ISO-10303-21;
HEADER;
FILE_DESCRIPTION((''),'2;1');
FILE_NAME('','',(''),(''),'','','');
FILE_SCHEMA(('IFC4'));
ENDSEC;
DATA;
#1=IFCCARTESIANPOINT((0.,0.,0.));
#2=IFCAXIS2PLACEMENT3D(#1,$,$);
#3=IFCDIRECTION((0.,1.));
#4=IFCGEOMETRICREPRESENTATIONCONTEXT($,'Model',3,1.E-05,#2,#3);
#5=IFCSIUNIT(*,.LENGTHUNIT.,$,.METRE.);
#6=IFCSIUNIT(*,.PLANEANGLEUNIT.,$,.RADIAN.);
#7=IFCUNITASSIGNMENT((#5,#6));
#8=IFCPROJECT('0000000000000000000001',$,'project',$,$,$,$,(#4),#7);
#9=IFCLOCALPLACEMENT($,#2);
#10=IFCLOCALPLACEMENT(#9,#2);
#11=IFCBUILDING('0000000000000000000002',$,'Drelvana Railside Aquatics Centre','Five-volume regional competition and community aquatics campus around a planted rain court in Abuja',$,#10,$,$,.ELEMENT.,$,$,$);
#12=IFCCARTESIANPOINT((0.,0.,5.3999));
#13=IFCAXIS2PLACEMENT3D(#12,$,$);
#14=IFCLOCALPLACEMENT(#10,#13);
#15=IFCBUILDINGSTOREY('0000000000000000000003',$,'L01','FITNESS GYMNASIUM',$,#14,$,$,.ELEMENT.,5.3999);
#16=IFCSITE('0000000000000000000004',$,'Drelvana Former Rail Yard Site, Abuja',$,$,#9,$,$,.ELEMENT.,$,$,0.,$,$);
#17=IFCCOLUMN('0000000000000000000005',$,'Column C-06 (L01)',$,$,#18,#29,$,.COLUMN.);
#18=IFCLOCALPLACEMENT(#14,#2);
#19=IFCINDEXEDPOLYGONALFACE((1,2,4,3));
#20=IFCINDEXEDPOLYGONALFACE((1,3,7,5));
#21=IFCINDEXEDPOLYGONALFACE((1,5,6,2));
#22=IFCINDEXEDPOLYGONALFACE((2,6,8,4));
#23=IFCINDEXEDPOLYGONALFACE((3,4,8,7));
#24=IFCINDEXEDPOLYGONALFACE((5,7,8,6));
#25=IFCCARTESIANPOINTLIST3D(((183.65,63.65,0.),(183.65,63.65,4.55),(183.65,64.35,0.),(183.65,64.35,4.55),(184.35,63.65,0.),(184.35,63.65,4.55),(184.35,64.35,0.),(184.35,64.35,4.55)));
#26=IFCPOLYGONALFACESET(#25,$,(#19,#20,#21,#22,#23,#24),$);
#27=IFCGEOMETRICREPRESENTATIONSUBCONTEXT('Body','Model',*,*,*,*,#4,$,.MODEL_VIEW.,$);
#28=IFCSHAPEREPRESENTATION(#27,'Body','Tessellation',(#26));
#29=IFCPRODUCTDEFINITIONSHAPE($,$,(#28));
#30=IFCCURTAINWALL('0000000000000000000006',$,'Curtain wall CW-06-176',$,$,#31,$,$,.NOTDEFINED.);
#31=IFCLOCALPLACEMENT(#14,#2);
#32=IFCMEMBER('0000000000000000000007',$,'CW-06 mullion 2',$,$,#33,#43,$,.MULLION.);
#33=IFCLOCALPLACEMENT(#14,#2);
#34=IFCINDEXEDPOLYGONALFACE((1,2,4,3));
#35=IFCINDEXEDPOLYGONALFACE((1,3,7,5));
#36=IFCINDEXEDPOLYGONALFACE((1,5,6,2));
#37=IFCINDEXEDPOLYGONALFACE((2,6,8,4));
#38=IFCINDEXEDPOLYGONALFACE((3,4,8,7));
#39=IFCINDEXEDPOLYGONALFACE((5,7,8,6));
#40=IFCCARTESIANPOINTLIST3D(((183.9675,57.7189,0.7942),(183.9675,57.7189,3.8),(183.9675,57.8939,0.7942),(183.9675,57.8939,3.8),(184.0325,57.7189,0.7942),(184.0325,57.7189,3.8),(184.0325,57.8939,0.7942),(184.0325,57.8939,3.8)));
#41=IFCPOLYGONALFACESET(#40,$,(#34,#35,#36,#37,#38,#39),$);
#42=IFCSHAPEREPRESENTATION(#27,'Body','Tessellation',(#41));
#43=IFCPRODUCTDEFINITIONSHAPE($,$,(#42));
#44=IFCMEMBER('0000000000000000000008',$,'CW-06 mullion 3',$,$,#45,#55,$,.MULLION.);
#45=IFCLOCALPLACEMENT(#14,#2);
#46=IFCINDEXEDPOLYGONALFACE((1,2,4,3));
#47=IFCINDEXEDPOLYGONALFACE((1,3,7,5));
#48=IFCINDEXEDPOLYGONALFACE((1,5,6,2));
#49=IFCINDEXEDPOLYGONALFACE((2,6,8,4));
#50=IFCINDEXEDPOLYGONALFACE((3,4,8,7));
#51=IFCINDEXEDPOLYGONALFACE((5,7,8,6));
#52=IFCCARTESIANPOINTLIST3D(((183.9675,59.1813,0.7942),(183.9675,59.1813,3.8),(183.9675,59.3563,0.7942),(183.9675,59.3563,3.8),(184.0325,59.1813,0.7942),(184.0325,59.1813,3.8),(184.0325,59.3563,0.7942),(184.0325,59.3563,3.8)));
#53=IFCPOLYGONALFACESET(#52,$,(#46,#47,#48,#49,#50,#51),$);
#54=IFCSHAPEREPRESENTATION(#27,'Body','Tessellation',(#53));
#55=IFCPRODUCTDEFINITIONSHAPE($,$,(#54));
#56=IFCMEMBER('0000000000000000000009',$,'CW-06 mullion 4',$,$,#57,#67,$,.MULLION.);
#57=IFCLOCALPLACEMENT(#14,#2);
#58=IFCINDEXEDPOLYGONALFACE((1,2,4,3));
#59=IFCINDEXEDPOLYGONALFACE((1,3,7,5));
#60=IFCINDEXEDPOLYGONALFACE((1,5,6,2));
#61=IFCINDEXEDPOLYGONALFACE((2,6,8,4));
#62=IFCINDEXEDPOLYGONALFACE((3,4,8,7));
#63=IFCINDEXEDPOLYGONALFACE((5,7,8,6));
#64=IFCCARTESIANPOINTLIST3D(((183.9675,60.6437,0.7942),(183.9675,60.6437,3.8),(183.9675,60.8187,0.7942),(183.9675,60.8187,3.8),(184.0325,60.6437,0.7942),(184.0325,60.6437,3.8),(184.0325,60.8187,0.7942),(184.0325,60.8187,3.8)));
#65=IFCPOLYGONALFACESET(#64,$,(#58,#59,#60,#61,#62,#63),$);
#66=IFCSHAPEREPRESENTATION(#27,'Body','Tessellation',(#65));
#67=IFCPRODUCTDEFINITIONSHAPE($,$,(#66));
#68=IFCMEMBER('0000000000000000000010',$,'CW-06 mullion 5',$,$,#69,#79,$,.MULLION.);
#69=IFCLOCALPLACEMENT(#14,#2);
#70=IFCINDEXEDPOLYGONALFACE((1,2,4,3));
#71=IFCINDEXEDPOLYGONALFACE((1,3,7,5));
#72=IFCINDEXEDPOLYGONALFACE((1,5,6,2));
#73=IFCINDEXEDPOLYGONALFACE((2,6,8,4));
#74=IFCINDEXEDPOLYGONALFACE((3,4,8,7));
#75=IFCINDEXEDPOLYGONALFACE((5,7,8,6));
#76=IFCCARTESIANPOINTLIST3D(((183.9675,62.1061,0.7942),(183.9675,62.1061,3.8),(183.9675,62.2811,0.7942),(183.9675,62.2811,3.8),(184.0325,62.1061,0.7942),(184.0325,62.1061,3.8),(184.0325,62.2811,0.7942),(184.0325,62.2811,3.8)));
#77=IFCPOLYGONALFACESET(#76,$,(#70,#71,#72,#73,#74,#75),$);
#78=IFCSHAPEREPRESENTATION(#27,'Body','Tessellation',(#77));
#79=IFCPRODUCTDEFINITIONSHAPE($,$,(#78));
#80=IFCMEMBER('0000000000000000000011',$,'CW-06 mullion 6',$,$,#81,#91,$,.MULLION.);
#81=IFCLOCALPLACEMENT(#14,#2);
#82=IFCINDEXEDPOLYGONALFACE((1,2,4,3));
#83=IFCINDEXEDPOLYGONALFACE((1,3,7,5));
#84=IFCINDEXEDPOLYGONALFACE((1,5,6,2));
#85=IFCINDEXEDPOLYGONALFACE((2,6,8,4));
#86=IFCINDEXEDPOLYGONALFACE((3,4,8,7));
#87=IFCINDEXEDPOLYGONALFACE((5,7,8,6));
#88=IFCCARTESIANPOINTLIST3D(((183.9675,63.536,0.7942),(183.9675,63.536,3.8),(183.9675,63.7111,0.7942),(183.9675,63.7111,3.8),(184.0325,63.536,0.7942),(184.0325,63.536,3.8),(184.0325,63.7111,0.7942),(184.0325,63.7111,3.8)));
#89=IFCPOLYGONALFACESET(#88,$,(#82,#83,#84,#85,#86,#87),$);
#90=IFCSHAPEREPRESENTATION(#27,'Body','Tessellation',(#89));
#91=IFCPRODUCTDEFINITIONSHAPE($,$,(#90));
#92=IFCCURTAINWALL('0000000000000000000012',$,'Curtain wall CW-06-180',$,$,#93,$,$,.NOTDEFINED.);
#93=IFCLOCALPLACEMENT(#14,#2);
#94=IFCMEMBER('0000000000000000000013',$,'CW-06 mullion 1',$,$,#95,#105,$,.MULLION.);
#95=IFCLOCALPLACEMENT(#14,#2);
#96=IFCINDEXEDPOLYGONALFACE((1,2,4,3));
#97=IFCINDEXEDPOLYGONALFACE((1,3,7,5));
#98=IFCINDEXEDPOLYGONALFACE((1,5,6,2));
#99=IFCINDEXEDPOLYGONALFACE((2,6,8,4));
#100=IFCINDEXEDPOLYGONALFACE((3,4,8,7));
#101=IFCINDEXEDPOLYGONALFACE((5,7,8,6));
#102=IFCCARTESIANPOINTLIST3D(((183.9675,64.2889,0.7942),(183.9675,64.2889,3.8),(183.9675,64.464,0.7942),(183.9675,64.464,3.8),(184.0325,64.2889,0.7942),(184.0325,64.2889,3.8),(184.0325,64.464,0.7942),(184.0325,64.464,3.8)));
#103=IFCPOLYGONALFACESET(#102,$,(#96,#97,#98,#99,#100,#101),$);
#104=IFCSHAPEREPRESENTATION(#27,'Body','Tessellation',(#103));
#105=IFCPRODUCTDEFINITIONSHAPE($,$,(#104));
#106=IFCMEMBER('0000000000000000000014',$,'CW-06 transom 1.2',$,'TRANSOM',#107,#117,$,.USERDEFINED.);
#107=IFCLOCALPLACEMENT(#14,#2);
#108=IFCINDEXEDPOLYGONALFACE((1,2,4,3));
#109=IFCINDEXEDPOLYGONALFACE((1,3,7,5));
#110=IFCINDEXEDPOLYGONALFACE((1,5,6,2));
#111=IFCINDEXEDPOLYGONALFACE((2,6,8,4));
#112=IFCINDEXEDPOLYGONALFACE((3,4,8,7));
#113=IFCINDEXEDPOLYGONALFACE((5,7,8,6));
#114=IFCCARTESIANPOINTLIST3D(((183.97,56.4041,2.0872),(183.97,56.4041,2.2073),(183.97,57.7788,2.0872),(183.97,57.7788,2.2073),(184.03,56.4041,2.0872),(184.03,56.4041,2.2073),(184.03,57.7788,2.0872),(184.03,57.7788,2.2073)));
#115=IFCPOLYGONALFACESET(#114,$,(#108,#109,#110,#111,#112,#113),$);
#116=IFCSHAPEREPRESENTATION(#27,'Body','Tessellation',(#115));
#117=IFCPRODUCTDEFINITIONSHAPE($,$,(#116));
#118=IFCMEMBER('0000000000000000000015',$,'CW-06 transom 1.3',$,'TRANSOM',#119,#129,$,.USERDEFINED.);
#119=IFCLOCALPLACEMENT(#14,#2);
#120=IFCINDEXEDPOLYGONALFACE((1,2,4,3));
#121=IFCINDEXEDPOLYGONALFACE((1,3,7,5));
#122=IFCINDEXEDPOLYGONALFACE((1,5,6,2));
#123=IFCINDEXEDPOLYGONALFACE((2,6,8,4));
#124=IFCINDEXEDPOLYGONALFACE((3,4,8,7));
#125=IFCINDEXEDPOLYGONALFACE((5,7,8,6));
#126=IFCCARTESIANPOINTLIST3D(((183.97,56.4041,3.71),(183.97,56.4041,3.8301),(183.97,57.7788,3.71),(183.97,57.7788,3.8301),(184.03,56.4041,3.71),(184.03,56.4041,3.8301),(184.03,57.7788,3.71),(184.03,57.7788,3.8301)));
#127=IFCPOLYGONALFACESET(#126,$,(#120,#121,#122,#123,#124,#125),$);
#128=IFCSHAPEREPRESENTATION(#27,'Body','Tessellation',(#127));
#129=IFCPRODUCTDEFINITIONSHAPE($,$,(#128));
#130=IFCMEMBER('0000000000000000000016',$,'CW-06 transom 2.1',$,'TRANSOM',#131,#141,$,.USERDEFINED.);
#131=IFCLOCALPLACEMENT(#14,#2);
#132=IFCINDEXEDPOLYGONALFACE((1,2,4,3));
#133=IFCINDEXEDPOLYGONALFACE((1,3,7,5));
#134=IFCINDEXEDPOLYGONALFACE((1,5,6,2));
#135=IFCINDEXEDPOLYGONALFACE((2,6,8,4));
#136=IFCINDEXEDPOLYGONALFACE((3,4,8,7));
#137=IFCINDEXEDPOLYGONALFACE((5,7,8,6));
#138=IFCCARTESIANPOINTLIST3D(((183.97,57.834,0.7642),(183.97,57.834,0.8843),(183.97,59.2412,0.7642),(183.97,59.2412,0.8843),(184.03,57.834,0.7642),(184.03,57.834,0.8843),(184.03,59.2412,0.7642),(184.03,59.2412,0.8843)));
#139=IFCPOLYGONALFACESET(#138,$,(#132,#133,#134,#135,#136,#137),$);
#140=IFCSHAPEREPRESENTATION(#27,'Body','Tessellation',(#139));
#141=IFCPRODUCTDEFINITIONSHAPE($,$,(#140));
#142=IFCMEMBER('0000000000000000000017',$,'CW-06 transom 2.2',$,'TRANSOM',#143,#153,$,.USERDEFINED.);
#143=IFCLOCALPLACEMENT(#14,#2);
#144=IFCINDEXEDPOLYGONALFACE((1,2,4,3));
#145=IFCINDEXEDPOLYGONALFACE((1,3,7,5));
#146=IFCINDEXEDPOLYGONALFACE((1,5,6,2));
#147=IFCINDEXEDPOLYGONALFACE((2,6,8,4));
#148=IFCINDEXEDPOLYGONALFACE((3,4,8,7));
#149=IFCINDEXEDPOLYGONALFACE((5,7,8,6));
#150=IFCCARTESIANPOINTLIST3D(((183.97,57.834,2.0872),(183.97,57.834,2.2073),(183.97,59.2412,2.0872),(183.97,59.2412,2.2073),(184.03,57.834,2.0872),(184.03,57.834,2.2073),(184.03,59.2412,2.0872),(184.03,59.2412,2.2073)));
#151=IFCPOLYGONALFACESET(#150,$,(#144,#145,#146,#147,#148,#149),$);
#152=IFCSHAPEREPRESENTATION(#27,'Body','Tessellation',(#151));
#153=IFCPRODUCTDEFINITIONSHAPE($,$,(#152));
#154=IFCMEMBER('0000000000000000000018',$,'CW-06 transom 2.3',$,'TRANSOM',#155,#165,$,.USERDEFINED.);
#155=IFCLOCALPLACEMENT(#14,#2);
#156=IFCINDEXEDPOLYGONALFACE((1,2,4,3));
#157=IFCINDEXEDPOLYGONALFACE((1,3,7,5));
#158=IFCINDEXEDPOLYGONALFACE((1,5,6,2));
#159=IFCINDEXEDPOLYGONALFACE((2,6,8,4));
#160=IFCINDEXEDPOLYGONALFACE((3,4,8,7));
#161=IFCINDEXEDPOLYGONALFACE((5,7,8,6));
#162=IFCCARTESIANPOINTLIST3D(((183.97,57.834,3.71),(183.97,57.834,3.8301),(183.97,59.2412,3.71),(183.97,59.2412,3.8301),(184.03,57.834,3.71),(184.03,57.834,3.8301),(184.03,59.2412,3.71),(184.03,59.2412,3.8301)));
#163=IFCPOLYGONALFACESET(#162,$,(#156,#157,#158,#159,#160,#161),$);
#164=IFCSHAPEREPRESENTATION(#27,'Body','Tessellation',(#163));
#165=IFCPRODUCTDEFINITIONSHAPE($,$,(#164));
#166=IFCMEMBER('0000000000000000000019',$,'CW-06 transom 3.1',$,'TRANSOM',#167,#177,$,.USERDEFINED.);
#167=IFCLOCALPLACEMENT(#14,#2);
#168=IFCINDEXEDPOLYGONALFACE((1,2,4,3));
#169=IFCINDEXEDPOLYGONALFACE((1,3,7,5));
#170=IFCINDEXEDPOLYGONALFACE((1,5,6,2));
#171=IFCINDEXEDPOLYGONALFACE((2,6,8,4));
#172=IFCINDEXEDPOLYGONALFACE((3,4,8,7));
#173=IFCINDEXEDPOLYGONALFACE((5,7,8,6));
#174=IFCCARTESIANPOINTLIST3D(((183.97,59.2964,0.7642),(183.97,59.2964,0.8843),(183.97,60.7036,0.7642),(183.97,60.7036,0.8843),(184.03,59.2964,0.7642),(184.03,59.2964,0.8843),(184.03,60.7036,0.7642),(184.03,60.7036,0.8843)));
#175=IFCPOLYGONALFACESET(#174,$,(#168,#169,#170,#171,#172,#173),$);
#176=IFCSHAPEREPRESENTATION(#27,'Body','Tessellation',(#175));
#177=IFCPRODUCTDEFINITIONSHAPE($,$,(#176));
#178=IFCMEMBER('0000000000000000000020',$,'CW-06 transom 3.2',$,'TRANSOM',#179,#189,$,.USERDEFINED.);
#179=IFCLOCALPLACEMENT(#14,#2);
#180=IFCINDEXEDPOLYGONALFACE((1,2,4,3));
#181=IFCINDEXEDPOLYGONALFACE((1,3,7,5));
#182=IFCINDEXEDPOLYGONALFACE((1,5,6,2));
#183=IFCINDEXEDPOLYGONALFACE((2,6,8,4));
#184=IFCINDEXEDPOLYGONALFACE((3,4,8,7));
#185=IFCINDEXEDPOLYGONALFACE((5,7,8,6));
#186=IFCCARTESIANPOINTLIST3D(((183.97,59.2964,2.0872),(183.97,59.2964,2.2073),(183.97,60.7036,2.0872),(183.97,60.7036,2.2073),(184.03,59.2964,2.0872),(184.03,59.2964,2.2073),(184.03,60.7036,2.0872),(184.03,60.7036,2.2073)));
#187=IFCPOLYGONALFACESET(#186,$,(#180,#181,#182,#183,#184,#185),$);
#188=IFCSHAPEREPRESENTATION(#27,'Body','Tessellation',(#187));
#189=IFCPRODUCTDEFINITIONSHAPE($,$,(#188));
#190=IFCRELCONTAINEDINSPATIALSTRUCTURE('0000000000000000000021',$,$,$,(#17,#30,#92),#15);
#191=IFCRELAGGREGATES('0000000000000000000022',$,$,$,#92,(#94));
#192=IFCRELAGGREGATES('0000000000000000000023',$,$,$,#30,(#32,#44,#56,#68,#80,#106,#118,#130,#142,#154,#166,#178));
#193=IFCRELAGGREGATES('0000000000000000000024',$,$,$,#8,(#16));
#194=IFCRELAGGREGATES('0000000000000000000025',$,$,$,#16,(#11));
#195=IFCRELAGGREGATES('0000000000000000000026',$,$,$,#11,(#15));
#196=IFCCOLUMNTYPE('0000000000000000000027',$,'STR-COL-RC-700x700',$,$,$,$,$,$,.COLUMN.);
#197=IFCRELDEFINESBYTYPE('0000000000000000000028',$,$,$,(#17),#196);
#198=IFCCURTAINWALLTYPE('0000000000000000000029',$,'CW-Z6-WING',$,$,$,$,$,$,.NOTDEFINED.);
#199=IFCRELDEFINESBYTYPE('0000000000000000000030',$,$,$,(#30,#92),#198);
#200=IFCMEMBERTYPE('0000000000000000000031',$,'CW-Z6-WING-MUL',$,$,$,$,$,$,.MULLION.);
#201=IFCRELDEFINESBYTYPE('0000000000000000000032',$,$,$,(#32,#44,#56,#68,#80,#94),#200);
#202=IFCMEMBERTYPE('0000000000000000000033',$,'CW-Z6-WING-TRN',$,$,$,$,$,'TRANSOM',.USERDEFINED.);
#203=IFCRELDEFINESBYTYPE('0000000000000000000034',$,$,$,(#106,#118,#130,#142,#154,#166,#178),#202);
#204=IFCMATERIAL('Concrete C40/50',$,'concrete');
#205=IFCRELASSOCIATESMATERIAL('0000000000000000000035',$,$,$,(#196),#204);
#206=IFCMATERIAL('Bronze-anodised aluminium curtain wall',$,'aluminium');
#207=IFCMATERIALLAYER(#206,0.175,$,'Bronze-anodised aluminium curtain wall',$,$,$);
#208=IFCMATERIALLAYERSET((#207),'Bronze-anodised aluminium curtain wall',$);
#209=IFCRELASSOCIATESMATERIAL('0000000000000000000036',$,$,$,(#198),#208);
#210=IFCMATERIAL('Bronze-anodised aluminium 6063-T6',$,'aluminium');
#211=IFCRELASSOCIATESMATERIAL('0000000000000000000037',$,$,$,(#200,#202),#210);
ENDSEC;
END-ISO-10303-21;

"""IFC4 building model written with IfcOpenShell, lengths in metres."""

from ifc_helpers import new_model, si_unit, direction, frame, origin, origin_2d, place, context, subcontext, project, spatial, rectangle, extrude, material, layer, layer_set, material_profile, profile_set, type_object, element, aggregate, save


model = new_model("IFC4")

# Units and contexts
model_context = context("Model", 3, precision=1e-05, world=origin(), true_north=direction((0.0, 1.0)))
body_context = subcontext(model_context, "Body", "Model", "MODEL_VIEW")
ifc_project = project(units=[si_unit("LENGTHUNIT", "METRE"), si_unit("PLANEANGLEUNIT", "RADIAN")], contexts=[model_context])

# Site, building, storey
site_placement = place(None, origin())
site = spatial("IfcSite", under=ifc_project, at=site_placement, Name="Drelvana Former Rail Yard Site, Abuja", CompositionType="ELEMENT", RefElevation=0.0)
building_placement = place(site_placement, origin())
building = spatial("IfcBuilding", under=site, at=building_placement, Name="Drelvana Railside Aquatics Centre", Description="Five-volume regional competition and community aquatics campus around a planted rain court in Abuja", CompositionType="ELEMENT")
storey_placement = place(building_placement, frame((0.0, 0.0, 5.3999)))
storey = spatial("IfcBuildingStorey", under=building, at=storey_placement, Name="L01", Description="FITNESS GYMNASIUM", CompositionType="ELEMENT", Elevation=5.3999)

# Column
ifc_material_1 = material(Name="Concrete C40/50", Category="concrete")
ifc_material_profile_1 = material_profile(ifc_material_1, rectangle(XDim=0.7, YDim=0.7, at=origin_2d()), Name="RC 700x700")
ifc_profile_set_1 = profile_set([ifc_material_profile_1], Name="Concrete C40/50")
column_type = type_object("IfcColumnType", Name="STR-COL-RC-700x700", PredefinedType="COLUMN", material=ifc_profile_set_1)
column_placement = place(storey_placement, frame((184.0, 64.0, 0.0), z_axis=(0.0, 0.0, 1.0), x_axis=(1.0, 0.0, 0.0)))
element("IfcColumn", 1, at=column_placement, inside=storey, type_object=column_type, Name="Column C-06 (L01)", PredefinedType="COLUMN", context=body_context, shape_type="SweptSolid", body=[
    extrude(rectangle(XDim=0.7, YDim=0.7, at=origin_2d()), origin(), (0.0, 0.0, 1.0), 4.55),
])

# Curtain wall, members
ifc_material_2 = material(Name="Bronze-anodised aluminium curtain wall", Category="aluminium")
ifc_layer_1 = layer(ifc_material_2, 0.175, Name="Bronze-anodised aluminium curtain wall")
ifc_layer_set_1 = layer_set([ifc_layer_1], Name="Bronze-anodised aluminium curtain wall")
curtain_wall_type = type_object("IfcCurtainWallType", Name="CW-Z6-WING", PredefinedType="NOTDEFINED", material=ifc_layer_set_1)
curtain_wall_1_placement = place(storey_placement, origin())
curtain_wall_1 = element("IfcCurtainWall", 2, at=curtain_wall_1_placement, inside=storey, type_object=curtain_wall_type, Name="Curtain wall CW-06-176", PredefinedType="NOTDEFINED")
ifc_material_3 = material(Name="Bronze-anodised aluminium 6063-T6", Category="aluminium")
ifc_material_profile_2 = material_profile(ifc_material_3, rectangle(XDim=0.0649, YDim=0.175, at=origin_2d()), Name="ALU-M 65x175")
ifc_profile_set_2 = profile_set([ifc_material_profile_2], Name="Bronze-anodised aluminium 6063-T6")
member_type_1 = type_object("IfcMemberType", Name="CW-Z6-WING-MUL", PredefinedType="MULLION", material=ifc_profile_set_2)
member_1_placement = place(storey_placement, frame((184.0, 57.8064, 0.7942), z_axis=(0.0, 0.0, 1.0), x_axis=(-1.0, 0.0, 0.0)))
member_1 = element("IfcMember", 3, at=member_1_placement, type_object=member_type_1, Name="CW-06 mullion 2", PredefinedType="MULLION", context=body_context, shape_type="SweptSolid", body=[
    extrude(rectangle(XDim=0.0649, YDim=0.175, at=origin_2d()), origin(), (0.0, 0.0, 1.0), 3.0059),
])
member_2_placement = place(storey_placement, frame((184.0, 59.2688, 0.7942), z_axis=(0.0, 0.0, 1.0), x_axis=(-1.0, 0.0, 0.0)))
member_2 = element("IfcMember", 4, at=member_2_placement, type_object=member_type_1, Name="CW-06 mullion 3", PredefinedType="MULLION", context=body_context, shape_type="SweptSolid", body=[
    extrude(rectangle(XDim=0.0649, YDim=0.175, at=origin_2d()), origin(), (0.0, 0.0, 1.0), 3.0059),
])
member_3_placement = place(storey_placement, frame((184.0, 60.7312, 0.7942), z_axis=(0.0, 0.0, 1.0), x_axis=(-1.0, 0.0, 0.0)))
member_3 = element("IfcMember", 5, at=member_3_placement, type_object=member_type_1, Name="CW-06 mullion 4", PredefinedType="MULLION", context=body_context, shape_type="SweptSolid", body=[
    extrude(rectangle(XDim=0.0649, YDim=0.175, at=origin_2d()), origin(), (0.0, 0.0, 1.0), 3.0059),
])
member_4_placement = place(storey_placement, frame((184.0, 62.1936, 0.7942), z_axis=(0.0, 0.0, 1.0), x_axis=(-1.0, 0.0, 0.0)))
member_4 = element("IfcMember", 6, at=member_4_placement, type_object=member_type_1, Name="CW-06 mullion 5", PredefinedType="MULLION", context=body_context, shape_type="SweptSolid", body=[
    extrude(rectangle(XDim=0.0649, YDim=0.175, at=origin_2d()), origin(), (0.0, 0.0, 1.0), 3.0059),
])
member_5_placement = place(storey_placement, frame((184.0, 63.6235, 0.7942), z_axis=(0.0, 0.0, 1.0), x_axis=(-1.0, 0.0, 0.0)))
member_5 = element("IfcMember", 7, at=member_5_placement, type_object=member_type_1, Name="CW-06 mullion 6", PredefinedType="MULLION", context=body_context, shape_type="SweptSolid", body=[
    extrude(rectangle(XDim=0.0649, YDim=0.175, at=origin_2d()), origin(), (0.0, 0.0, 1.0), 3.0059),
])

# Curtain wall, member
curtain_wall_2_placement = place(storey_placement, origin())
curtain_wall_2 = element("IfcCurtainWall", 8, at=curtain_wall_2_placement, inside=storey, type_object=curtain_wall_type, Name="Curtain wall CW-06-180", PredefinedType="NOTDEFINED")
member_6_placement = place(storey_placement, frame((184.0, 64.3765, 0.7942), z_axis=(0.0, 0.0, 1.0), x_axis=(-1.0, 0.0, 0.0)))
member_6 = element("IfcMember", 9, at=member_6_placement, type_object=member_type_1, Name="CW-06 mullion 1", PredefinedType="MULLION", context=body_context, shape_type="SweptSolid", body=[
    extrude(rectangle(XDim=0.0649, YDim=0.175, at=origin_2d()), origin(), (0.0, 0.0, 1.0), 3.0059),
])

# Members
ifc_material_profile_3 = material_profile(ifc_material_3, rectangle(XDim=0.1201, YDim=0.0601, at=origin_2d()), Name="ALU-T 60x120")
ifc_profile_set_3 = profile_set([ifc_material_profile_3], Name="Bronze-anodised aluminium 6063-T6")
member_type_2 = type_object("IfcMemberType", Name="CW-Z6-WING-TRN", ElementType="TRANSOM", PredefinedType="USERDEFINED", material=ifc_profile_set_3)
member_7_placement = place(storey_placement, frame((184.0, 56.4041, 2.1472), z_axis=(0.0, 1.0, 0.0), x_axis=(0.0, 0.0, 1.0)))
member_7 = element("IfcMember", 10, at=member_7_placement, type_object=member_type_2, Name="CW-06 transom 1.2", ObjectType="TRANSOM", PredefinedType="USERDEFINED", context=body_context, shape_type="SweptSolid", body=[
    extrude(rectangle(XDim=0.1201, YDim=0.0601, at=origin_2d()), origin(), (0.0, 0.0, 1.0), 1.3748),
])
member_8_placement = place(storey_placement, frame((184.0, 56.4041, 3.77), z_axis=(0.0, 1.0, 0.0), x_axis=(0.0, 0.0, 1.0)))
member_8 = element("IfcMember", 11, at=member_8_placement, type_object=member_type_2, Name="CW-06 transom 1.3", ObjectType="TRANSOM", PredefinedType="USERDEFINED", context=body_context, shape_type="SweptSolid", body=[
    extrude(rectangle(XDim=0.1201, YDim=0.0601, at=origin_2d()), origin(), (0.0, 0.0, 1.0), 1.3748),
])
member_9_placement = place(storey_placement, frame((184.0, 57.834, 0.8242), z_axis=(0.0, 1.0, 0.0), x_axis=(0.0, 0.0, 1.0)))
member_9 = element("IfcMember", 12, at=member_9_placement, type_object=member_type_2, Name="CW-06 transom 2.1", ObjectType="TRANSOM", PredefinedType="USERDEFINED", context=body_context, shape_type="SweptSolid", body=[
    extrude(rectangle(XDim=0.1201, YDim=0.0601, at=origin_2d()), origin(), (0.0, 0.0, 1.0), 1.4072),
])
member_10_placement = place(storey_placement, frame((184.0, 57.834, 2.1472), z_axis=(0.0, 1.0, 0.0), x_axis=(0.0, 0.0, 1.0)))
member_10 = element("IfcMember", 13, at=member_10_placement, type_object=member_type_2, Name="CW-06 transom 2.2", ObjectType="TRANSOM", PredefinedType="USERDEFINED", context=body_context, shape_type="SweptSolid", body=[
    extrude(rectangle(XDim=0.1201, YDim=0.0601, at=origin_2d()), origin(), (0.0, 0.0, 1.0), 1.4072),
])
member_11_placement = place(storey_placement, frame((184.0, 57.834, 3.77), z_axis=(0.0, 1.0, 0.0), x_axis=(0.0, 0.0, 1.0)))
member_11 = element("IfcMember", 14, at=member_11_placement, type_object=member_type_2, Name="CW-06 transom 2.3", ObjectType="TRANSOM", PredefinedType="USERDEFINED", context=body_context, shape_type="SweptSolid", body=[
    extrude(rectangle(XDim=0.1201, YDim=0.0601, at=origin_2d()), origin(), (0.0, 0.0, 1.0), 1.4072),
])
member_12_placement = place(storey_placement, frame((184.0, 59.2964, 0.8242), z_axis=(0.0, 1.0, 0.0), x_axis=(0.0, 0.0, 1.0)))
member_12 = element("IfcMember", 15, at=member_12_placement, type_object=member_type_2, Name="CW-06 transom 3.1", ObjectType="TRANSOM", PredefinedType="USERDEFINED", context=body_context, shape_type="SweptSolid", body=[
    extrude(rectangle(XDim=0.1201, YDim=0.0601, at=origin_2d()), origin(), (0.0, 0.0, 1.0), 1.4072),
])
member_13_placement = place(storey_placement, frame((184.0, 59.2964, 2.1472), z_axis=(0.0, 1.0, 0.0), x_axis=(0.0, 0.0, 1.0)))
member_13 = element("IfcMember", 16, at=member_13_placement, type_object=member_type_2, Name="CW-06 transom 3.2", ObjectType="TRANSOM", PredefinedType="USERDEFINED", context=body_context, shape_type="SweptSolid", body=[
    extrude(rectangle(XDim=0.1201, YDim=0.0601, at=origin_2d()), origin(), (0.0, 0.0, 1.0), 1.4072),
])
aggregate(curtain_wall_2, [member_6])

aggregate(curtain_wall_1, [member_1, member_2, member_3, member_4, member_5, member_7, member_8, member_9, member_10, member_11, member_12, member_13])

save(model, "model.ifc")
